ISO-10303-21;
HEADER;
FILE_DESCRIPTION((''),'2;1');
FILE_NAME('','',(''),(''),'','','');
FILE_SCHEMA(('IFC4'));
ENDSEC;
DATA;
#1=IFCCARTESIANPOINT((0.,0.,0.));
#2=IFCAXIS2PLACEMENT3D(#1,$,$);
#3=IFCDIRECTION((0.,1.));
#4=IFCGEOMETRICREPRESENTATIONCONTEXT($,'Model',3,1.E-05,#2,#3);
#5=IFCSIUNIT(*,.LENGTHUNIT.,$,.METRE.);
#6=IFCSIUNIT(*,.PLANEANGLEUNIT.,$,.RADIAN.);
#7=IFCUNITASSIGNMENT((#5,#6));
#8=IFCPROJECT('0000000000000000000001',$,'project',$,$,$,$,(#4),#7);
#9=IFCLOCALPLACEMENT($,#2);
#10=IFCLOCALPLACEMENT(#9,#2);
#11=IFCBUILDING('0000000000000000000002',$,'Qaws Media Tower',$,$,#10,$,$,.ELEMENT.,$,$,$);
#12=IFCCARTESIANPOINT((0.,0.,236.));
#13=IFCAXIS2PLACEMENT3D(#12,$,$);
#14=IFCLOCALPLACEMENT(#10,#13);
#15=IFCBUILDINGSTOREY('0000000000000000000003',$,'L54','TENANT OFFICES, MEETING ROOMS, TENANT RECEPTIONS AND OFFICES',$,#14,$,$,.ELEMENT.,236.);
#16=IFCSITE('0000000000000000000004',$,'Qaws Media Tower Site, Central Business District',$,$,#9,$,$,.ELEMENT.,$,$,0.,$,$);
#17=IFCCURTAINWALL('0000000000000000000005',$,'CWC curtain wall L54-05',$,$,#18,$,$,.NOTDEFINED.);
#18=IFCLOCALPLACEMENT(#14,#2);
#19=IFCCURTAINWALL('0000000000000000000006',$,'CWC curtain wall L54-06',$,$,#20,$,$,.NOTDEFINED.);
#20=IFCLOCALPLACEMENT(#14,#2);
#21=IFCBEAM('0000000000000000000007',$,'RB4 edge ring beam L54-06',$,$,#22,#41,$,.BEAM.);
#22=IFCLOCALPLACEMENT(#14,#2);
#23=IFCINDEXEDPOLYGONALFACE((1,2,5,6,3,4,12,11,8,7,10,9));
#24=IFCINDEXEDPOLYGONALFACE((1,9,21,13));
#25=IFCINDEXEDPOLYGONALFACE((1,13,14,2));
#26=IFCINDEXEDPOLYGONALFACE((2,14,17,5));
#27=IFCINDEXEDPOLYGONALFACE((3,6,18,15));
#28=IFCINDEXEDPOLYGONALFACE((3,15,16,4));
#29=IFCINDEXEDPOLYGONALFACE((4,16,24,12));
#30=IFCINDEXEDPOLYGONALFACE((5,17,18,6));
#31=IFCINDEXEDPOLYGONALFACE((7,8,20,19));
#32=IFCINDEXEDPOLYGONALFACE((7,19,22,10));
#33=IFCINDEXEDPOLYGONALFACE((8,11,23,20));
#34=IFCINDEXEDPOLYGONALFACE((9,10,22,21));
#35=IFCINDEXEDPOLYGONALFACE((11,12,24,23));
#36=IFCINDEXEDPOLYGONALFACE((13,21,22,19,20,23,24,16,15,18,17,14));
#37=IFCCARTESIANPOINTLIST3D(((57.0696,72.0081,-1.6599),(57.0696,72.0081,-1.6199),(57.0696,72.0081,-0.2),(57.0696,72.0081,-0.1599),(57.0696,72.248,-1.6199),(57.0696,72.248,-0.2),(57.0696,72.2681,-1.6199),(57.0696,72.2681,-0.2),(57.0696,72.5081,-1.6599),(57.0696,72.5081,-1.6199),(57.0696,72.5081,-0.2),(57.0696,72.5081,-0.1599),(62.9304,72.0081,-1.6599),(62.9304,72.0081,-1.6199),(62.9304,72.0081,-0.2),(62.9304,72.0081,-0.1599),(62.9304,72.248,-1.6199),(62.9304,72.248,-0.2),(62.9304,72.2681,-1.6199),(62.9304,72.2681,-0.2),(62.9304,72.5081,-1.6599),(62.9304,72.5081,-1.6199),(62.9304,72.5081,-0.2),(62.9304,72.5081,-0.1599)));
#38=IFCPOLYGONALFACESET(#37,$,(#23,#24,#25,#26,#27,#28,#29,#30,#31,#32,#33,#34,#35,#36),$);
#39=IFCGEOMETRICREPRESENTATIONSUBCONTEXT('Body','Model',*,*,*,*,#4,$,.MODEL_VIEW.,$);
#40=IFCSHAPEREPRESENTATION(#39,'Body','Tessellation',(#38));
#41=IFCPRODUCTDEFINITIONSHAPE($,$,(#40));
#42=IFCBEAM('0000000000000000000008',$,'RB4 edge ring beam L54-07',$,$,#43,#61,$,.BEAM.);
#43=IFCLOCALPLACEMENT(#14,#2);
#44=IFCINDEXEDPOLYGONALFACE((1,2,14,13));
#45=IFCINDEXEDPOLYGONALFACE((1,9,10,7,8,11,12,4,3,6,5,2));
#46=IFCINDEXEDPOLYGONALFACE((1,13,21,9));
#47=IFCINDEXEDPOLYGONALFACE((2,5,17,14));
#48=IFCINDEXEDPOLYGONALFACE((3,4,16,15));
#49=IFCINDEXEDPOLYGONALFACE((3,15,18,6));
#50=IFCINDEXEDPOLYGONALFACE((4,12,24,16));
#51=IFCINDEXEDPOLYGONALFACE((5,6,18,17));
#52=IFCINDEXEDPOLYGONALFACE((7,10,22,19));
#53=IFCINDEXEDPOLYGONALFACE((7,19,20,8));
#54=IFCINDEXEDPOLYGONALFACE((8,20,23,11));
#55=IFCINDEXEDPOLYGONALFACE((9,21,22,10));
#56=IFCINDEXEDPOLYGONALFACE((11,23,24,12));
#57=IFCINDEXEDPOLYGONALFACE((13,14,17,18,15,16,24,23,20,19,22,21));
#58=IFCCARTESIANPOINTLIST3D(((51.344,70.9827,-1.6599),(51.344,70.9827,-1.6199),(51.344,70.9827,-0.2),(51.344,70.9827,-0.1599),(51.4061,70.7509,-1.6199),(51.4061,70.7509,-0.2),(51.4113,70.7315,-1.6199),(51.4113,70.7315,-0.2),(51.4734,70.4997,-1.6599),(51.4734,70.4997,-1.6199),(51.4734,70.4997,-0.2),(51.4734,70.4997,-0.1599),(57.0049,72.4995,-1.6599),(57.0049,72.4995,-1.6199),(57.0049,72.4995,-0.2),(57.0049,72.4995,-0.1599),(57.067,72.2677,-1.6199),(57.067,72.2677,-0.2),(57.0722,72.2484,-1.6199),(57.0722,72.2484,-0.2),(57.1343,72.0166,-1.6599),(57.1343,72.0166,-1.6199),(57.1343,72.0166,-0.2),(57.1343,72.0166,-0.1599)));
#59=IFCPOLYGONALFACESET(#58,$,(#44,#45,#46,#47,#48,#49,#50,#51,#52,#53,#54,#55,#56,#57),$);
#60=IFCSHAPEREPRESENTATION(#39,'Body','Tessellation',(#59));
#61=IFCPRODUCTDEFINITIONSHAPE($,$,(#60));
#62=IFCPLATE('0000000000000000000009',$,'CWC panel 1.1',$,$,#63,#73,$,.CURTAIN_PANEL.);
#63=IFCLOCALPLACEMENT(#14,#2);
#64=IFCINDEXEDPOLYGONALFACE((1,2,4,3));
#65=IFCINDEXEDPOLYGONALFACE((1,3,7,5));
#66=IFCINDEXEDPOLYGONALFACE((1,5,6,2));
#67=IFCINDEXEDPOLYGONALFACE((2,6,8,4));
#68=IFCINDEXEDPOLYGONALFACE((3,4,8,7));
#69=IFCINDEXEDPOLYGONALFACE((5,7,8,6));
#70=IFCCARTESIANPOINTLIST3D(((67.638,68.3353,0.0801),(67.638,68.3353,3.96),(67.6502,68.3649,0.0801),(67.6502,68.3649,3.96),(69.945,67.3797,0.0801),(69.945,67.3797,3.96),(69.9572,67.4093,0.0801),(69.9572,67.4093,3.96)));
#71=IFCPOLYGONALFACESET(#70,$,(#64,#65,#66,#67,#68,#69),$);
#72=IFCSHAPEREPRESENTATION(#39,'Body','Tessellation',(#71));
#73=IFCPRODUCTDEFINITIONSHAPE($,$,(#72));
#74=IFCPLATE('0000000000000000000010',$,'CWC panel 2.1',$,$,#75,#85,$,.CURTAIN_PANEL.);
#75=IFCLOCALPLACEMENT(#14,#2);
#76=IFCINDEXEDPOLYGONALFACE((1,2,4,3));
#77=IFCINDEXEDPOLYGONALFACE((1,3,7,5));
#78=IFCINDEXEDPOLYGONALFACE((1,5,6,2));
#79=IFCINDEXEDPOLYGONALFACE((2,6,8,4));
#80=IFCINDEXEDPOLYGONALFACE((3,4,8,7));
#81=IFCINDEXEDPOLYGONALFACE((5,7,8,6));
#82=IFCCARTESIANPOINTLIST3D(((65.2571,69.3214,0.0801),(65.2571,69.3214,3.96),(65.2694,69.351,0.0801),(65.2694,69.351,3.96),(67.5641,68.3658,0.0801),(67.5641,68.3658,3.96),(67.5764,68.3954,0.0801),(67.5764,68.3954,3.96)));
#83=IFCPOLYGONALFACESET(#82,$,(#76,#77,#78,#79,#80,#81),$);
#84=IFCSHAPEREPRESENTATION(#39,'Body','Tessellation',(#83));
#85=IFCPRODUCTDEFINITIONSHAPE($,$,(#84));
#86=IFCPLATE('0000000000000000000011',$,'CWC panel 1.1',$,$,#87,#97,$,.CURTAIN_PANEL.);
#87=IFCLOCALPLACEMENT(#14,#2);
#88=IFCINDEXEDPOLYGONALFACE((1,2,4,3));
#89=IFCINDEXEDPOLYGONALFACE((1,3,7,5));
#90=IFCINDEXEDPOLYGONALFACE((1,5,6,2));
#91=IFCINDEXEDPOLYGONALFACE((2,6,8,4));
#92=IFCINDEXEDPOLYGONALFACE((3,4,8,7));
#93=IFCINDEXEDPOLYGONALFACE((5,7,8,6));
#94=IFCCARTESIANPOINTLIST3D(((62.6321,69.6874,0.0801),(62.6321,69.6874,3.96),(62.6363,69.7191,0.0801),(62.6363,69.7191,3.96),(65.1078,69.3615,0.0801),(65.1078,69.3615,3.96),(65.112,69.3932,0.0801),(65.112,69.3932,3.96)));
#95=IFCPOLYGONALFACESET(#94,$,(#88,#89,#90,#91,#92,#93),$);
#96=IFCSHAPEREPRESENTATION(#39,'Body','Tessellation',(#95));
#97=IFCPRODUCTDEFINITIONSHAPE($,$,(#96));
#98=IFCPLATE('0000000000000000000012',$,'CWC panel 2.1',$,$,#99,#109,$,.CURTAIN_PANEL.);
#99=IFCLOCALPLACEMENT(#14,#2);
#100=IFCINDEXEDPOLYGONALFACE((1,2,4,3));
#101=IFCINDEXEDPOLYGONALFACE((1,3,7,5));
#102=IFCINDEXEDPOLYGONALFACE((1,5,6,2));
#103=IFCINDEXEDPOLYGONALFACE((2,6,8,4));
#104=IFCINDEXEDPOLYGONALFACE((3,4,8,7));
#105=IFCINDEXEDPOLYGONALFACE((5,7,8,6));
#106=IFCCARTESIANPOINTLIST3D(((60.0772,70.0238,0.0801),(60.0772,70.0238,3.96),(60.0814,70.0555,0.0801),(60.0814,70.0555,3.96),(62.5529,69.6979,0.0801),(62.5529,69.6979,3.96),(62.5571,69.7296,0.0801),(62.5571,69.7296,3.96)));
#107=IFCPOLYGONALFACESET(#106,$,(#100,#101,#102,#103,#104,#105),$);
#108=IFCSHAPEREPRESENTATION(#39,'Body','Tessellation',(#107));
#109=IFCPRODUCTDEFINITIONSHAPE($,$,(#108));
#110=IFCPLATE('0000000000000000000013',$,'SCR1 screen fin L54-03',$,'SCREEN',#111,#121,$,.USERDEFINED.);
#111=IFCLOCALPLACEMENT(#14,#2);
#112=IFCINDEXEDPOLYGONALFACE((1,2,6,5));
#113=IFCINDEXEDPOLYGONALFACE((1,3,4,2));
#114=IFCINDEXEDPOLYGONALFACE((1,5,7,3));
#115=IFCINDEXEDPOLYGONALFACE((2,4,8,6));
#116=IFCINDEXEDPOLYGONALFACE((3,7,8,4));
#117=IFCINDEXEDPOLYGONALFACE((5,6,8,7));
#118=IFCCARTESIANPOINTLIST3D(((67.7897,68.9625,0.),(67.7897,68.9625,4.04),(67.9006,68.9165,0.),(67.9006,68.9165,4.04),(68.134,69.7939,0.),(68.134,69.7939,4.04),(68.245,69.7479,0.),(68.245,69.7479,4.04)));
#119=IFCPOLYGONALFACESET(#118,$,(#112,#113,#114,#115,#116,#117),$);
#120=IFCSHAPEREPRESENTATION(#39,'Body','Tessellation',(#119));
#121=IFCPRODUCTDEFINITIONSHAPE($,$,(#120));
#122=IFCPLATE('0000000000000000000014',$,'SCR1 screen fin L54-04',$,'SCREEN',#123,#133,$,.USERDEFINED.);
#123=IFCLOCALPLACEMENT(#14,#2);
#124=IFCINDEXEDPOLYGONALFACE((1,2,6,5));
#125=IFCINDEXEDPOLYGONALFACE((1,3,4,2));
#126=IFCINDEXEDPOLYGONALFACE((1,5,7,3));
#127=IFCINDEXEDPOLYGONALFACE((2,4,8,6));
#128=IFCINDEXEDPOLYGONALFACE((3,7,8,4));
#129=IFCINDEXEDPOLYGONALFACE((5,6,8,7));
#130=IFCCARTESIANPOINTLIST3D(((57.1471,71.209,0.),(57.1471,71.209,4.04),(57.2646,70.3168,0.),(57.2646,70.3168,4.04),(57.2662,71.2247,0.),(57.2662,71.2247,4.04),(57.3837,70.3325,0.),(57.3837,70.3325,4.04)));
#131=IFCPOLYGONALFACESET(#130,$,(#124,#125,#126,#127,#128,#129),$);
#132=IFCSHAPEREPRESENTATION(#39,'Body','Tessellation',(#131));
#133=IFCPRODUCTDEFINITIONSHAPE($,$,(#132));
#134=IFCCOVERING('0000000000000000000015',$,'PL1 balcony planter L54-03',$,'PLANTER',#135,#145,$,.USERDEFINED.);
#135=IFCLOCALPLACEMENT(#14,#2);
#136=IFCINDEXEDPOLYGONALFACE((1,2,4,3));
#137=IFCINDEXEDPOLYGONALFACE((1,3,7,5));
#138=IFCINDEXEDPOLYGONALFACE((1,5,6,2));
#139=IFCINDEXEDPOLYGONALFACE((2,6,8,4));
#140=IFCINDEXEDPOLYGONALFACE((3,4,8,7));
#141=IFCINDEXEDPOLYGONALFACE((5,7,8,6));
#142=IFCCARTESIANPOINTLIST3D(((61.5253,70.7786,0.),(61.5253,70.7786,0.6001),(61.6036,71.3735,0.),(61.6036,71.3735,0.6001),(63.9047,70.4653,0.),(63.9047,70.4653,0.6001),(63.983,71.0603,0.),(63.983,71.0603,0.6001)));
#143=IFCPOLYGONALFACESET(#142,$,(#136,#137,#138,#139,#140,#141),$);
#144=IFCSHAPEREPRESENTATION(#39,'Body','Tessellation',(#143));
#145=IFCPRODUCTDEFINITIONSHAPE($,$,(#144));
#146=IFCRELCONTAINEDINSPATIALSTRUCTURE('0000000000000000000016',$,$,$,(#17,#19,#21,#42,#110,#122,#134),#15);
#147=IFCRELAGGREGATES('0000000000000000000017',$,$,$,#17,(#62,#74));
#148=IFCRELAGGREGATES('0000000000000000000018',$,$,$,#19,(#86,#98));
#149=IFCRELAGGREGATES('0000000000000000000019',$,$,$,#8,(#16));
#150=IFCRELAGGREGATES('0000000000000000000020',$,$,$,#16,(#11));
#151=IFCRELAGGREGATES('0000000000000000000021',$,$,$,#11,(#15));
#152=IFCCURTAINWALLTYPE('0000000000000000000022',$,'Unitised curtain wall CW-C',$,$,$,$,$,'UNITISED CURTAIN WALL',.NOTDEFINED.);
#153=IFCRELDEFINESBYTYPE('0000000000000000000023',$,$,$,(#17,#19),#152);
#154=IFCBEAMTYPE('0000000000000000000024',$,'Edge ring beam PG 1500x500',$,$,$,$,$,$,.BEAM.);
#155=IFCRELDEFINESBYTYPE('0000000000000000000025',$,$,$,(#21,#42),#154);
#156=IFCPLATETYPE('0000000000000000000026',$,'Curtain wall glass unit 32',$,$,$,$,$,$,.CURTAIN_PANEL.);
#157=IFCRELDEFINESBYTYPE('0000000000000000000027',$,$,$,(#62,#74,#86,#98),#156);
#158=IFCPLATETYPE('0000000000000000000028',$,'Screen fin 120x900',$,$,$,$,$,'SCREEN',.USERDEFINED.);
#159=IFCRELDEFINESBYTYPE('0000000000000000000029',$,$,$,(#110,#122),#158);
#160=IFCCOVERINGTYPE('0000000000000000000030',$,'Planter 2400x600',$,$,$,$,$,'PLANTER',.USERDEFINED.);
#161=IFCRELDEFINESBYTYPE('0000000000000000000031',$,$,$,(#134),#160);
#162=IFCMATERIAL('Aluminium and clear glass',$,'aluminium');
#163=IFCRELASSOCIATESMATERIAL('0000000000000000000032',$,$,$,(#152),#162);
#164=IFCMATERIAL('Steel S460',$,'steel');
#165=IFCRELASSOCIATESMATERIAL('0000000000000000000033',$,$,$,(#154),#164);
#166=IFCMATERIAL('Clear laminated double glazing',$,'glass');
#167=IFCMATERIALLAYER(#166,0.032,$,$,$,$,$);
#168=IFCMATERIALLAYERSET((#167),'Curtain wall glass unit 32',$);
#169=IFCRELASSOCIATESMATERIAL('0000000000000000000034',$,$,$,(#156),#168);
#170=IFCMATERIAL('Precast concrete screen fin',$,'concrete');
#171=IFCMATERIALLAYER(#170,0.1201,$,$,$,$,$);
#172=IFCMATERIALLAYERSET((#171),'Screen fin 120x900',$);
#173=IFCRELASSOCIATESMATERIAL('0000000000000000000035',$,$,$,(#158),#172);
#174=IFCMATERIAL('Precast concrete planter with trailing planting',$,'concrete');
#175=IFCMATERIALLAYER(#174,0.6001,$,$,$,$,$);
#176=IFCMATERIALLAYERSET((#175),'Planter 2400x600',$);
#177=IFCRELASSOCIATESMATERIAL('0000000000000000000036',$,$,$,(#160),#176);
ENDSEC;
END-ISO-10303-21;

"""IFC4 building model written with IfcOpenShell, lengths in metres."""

from ifc_helpers import new_model, si_unit, direction, frame, origin, origin_2d, place, context, subcontext, project, spatial, rectangle, i_section, extrude, material, layer, layer_set, material_profile, profile_set, type_object, element, aggregate, save


model = new_model("IFC4")

# Units and contexts
model_context = context("Model", 3, precision=1e-05, world=origin(), true_north=direction((0.0, 1.0)))
body_context = subcontext(model_context, "Body", "Model", "MODEL_VIEW")
ifc_project = project(units=[si_unit("LENGTHUNIT", "METRE"), si_unit("PLANEANGLEUNIT", "RADIAN")], contexts=[model_context])

# Site, building, storey
site_placement = place(None, origin())
site = spatial("IfcSite", under=ifc_project, at=site_placement, Name="Qaws Media Tower Site, Central Business District", CompositionType="ELEMENT", RefElevation=0.0)
building_placement = place(site_placement, origin())
building = spatial("IfcBuilding", under=site, at=building_placement, Name="Qaws Media Tower", CompositionType="ELEMENT")
storey_placement = place(building_placement, frame((0.0, 0.0, 236.0)))
storey = spatial("IfcBuildingStorey", under=building, at=storey_placement, Name="L54", Description="TENANT OFFICES, MEETING ROOMS, TENANT RECEPTIONS AND OFFICES", CompositionType="ELEMENT", Elevation=236.0)

# Curtain walls
ifc_material_1 = material(Name="Aluminium and clear glass", Category="aluminium")
curtain_wall_type = type_object("IfcCurtainWallType", Name="Unitised curtain wall CW-C", ElementType="UNITISED CURTAIN WALL", PredefinedType="NOTDEFINED", material=ifc_material_1)
curtain_wall_1_placement = place(storey_placement, origin())
curtain_wall_1 = element("IfcCurtainWall", 1, at=curtain_wall_1_placement, inside=storey, type_object=curtain_wall_type, Name="CWC curtain wall L54-05", PredefinedType="NOTDEFINED")
curtain_wall_2_placement = place(storey_placement, origin())
curtain_wall_2 = element("IfcCurtainWall", 2, at=curtain_wall_2_placement, inside=storey, type_object=curtain_wall_type, Name="CWC curtain wall L54-06", PredefinedType="NOTDEFINED")

# Beams
ifc_material_2 = material(Name="Steel S460", Category="steel")
ifc_material_profile_1 = material_profile(ifc_material_2, i_section(OverallWidth=0.5, OverallDepth=1.5, WebThickness=0.02, FlangeThickness=0.04, at=origin_2d()), Name="PG 1500x500")
ifc_profile_set_1 = profile_set([ifc_material_profile_1], Name="Steel S460")
beam_type = type_object("IfcBeamType", Name="Edge ring beam PG 1500x500", PredefinedType="BEAM", material=ifc_profile_set_1)
beam_1_placement = place(storey_placement, frame((62.9304, 72.2581, -0.9099), z_axis=(-1.0, 0.0, 0.0), x_axis=(0.0, -1.0, 0.0)))
element("IfcBeam", 3, at=beam_1_placement, inside=storey, type_object=beam_type, Name="RB4 edge ring beam L54-06", PredefinedType="BEAM", context=body_context, shape_type="SweptSolid", body=[
    extrude(i_section(OverallWidth=0.5, OverallDepth=1.5, WebThickness=0.02, FlangeThickness=0.04, at=origin_2d()), origin(), (0.0, 0.0, 1.0), 5.8608),
])
beam_2_placement = place(storey_placement, frame((57.0696, 72.2581, -0.9099), z_axis=(-0.965925, -0.258821, 0.0), x_axis=(0.258821, -0.965925, 0.0)))
element("IfcBeam", 4, at=beam_2_placement, inside=storey, type_object=beam_type, Name="RB4 edge ring beam L54-07", PredefinedType="BEAM", context=body_context, shape_type="SweptSolid", body=[
    extrude(i_section(OverallWidth=0.5, OverallDepth=1.5, WebThickness=0.02, FlangeThickness=0.04, at=origin_2d()), origin(), (0.0, 0.0, 1.0), 5.8606),
])

# Plates
ifc_material_3 = material(Name="Clear laminated double glazing", Category="glass")
ifc_layer_1 = layer(ifc_material_3, 0.032)
ifc_layer_set_1 = layer_set([ifc_layer_1], Name="Curtain wall glass unit 32")
plate_type_1 = type_object("IfcPlateType", Name="Curtain wall glass unit 32", PredefinedType="CURTAIN_PANEL", material=ifc_layer_set_1)
plate_1_placement = place(storey_placement, frame((68.7976, 67.8723, 0.0801), z_axis=(0.0, 0.0, 1.0), x_axis=(-0.923879, 0.382684, 0.0)))
plate_1 = element("IfcPlate", 5, at=plate_1_placement, type_object=plate_type_1, Name="CWC panel 1.1", PredefinedType="CURTAIN_PANEL", context=body_context, shape_type="SweptSolid", body=[
    extrude(rectangle(XDim=2.4971, YDim=0.032, at=origin_2d()), origin(), (0.0, 0.0, 1.0), 3.8799),
])
plate_2_placement = place(storey_placement, frame((66.4167, 68.8584, 0.0801), z_axis=(0.0, 0.0, 1.0), x_axis=(-0.923879, 0.382684, 0.0)))
plate_2 = element("IfcPlate", 6, at=plate_2_placement, type_object=plate_type_1, Name="CWC panel 2.1", PredefinedType="CURTAIN_PANEL", context=body_context, shape_type="SweptSolid", body=[
    extrude(rectangle(XDim=2.4971, YDim=0.032, at=origin_2d()), origin(), (0.0, 0.0, 1.0), 3.8799),
])
aggregate(curtain_wall_1, [plate_1, plate_2])
plate_3_placement = place(storey_placement, frame((63.8721, 69.5403, 0.0801), z_axis=(0.0, 0.0, 1.0), x_axis=(-0.991445, 0.130526, 0.0)))
plate_3 = element("IfcPlate", 7, at=plate_3_placement, type_object=plate_type_1, Name="CWC panel 1.1", PredefinedType="CURTAIN_PANEL", context=body_context, shape_type="SweptSolid", body=[
    extrude(rectangle(XDim=2.4971, YDim=0.032, at=origin_2d()), origin(), (0.0, 0.0, 1.0), 3.8799),
])
plate_4_placement = place(storey_placement, frame((61.3171, 69.8767, 0.0801), z_axis=(0.0, 0.0, 1.0), x_axis=(-0.991445, 0.130526, 0.0)))
plate_4 = element("IfcPlate", 8, at=plate_4_placement, type_object=plate_type_1, Name="CWC panel 2.1", PredefinedType="CURTAIN_PANEL", context=body_context, shape_type="SweptSolid", body=[
    extrude(rectangle(XDim=2.4971, YDim=0.032, at=origin_2d()), origin(), (0.0, 0.0, 1.0), 3.8799),
])
aggregate(curtain_wall_2, [plate_3, plate_4])

# Plates
ifc_material_4 = material(Name="Precast concrete screen fin", Category="concrete")
ifc_layer_2 = layer(ifc_material_4, 0.1201)
ifc_layer_set_2 = layer_set([ifc_layer_2], Name="Screen fin 120x900")
plate_type_2 = type_object("IfcPlateType", Name="Screen fin 120x900", ElementType="SCREEN", PredefinedType="USERDEFINED", material=ifc_layer_set_2)
for number, where, z_axis, x_axis, name in (
    (9, (68.0173, 69.3552, 0.0), (0.0, 0.0, 1.0), (0.382683, 0.92388, 0.0), "SCR1 screen fin L54-03"),
    (10, (57.2654, 70.7708, 0.0), (0.0, 0.0, 1.0), (-0.130526, 0.991445, 0.0), "SCR1 screen fin L54-04"),
):
    element("IfcPlate", number, at=place(storey_placement, frame(where, z_axis=z_axis, x_axis=x_axis)), inside=storey, type_object=plate_type_2, Name=name, ObjectType="SCREEN", PredefinedType="USERDEFINED", context=body_context, shape_type="SweptSolid", body=[
        extrude(rectangle(XDim=0.8999, YDim=0.1201, at=origin_2d()), origin(), (0.0, 0.0, 1.0), 4.04),
    ])

# Covering
ifc_material_5 = material(Name="Precast concrete planter with trailing planting", Category="concrete")
ifc_layer_3 = layer(ifc_material_5, 0.6001)
ifc_layer_set_3 = layer_set([ifc_layer_3], Name="Planter 2400x600")
covering_type = type_object("IfcCoveringType", Name="Planter 2400x600", ElementType="PLANTER", PredefinedType="USERDEFINED", material=ifc_layer_set_3)
covering_placement = place(storey_placement, frame((62.7542, 70.9194, 0.0), z_axis=(0.0, 0.0, 1.0), x_axis=(-0.991445, 0.130526, 0.0)))
element("IfcCovering", 11, at=covering_placement, inside=storey, type_object=covering_type, Name="PL1 balcony planter L54-03", ObjectType="PLANTER", PredefinedType="USERDEFINED", context=body_context, shape_type="SweptSolid", body=[
    extrude(rectangle(XDim=2.3999, YDim=0.6001, at=origin_2d()), origin(), (0.0, 0.0, 1.0), 0.6001),
])

save(model, "model.ifc")
